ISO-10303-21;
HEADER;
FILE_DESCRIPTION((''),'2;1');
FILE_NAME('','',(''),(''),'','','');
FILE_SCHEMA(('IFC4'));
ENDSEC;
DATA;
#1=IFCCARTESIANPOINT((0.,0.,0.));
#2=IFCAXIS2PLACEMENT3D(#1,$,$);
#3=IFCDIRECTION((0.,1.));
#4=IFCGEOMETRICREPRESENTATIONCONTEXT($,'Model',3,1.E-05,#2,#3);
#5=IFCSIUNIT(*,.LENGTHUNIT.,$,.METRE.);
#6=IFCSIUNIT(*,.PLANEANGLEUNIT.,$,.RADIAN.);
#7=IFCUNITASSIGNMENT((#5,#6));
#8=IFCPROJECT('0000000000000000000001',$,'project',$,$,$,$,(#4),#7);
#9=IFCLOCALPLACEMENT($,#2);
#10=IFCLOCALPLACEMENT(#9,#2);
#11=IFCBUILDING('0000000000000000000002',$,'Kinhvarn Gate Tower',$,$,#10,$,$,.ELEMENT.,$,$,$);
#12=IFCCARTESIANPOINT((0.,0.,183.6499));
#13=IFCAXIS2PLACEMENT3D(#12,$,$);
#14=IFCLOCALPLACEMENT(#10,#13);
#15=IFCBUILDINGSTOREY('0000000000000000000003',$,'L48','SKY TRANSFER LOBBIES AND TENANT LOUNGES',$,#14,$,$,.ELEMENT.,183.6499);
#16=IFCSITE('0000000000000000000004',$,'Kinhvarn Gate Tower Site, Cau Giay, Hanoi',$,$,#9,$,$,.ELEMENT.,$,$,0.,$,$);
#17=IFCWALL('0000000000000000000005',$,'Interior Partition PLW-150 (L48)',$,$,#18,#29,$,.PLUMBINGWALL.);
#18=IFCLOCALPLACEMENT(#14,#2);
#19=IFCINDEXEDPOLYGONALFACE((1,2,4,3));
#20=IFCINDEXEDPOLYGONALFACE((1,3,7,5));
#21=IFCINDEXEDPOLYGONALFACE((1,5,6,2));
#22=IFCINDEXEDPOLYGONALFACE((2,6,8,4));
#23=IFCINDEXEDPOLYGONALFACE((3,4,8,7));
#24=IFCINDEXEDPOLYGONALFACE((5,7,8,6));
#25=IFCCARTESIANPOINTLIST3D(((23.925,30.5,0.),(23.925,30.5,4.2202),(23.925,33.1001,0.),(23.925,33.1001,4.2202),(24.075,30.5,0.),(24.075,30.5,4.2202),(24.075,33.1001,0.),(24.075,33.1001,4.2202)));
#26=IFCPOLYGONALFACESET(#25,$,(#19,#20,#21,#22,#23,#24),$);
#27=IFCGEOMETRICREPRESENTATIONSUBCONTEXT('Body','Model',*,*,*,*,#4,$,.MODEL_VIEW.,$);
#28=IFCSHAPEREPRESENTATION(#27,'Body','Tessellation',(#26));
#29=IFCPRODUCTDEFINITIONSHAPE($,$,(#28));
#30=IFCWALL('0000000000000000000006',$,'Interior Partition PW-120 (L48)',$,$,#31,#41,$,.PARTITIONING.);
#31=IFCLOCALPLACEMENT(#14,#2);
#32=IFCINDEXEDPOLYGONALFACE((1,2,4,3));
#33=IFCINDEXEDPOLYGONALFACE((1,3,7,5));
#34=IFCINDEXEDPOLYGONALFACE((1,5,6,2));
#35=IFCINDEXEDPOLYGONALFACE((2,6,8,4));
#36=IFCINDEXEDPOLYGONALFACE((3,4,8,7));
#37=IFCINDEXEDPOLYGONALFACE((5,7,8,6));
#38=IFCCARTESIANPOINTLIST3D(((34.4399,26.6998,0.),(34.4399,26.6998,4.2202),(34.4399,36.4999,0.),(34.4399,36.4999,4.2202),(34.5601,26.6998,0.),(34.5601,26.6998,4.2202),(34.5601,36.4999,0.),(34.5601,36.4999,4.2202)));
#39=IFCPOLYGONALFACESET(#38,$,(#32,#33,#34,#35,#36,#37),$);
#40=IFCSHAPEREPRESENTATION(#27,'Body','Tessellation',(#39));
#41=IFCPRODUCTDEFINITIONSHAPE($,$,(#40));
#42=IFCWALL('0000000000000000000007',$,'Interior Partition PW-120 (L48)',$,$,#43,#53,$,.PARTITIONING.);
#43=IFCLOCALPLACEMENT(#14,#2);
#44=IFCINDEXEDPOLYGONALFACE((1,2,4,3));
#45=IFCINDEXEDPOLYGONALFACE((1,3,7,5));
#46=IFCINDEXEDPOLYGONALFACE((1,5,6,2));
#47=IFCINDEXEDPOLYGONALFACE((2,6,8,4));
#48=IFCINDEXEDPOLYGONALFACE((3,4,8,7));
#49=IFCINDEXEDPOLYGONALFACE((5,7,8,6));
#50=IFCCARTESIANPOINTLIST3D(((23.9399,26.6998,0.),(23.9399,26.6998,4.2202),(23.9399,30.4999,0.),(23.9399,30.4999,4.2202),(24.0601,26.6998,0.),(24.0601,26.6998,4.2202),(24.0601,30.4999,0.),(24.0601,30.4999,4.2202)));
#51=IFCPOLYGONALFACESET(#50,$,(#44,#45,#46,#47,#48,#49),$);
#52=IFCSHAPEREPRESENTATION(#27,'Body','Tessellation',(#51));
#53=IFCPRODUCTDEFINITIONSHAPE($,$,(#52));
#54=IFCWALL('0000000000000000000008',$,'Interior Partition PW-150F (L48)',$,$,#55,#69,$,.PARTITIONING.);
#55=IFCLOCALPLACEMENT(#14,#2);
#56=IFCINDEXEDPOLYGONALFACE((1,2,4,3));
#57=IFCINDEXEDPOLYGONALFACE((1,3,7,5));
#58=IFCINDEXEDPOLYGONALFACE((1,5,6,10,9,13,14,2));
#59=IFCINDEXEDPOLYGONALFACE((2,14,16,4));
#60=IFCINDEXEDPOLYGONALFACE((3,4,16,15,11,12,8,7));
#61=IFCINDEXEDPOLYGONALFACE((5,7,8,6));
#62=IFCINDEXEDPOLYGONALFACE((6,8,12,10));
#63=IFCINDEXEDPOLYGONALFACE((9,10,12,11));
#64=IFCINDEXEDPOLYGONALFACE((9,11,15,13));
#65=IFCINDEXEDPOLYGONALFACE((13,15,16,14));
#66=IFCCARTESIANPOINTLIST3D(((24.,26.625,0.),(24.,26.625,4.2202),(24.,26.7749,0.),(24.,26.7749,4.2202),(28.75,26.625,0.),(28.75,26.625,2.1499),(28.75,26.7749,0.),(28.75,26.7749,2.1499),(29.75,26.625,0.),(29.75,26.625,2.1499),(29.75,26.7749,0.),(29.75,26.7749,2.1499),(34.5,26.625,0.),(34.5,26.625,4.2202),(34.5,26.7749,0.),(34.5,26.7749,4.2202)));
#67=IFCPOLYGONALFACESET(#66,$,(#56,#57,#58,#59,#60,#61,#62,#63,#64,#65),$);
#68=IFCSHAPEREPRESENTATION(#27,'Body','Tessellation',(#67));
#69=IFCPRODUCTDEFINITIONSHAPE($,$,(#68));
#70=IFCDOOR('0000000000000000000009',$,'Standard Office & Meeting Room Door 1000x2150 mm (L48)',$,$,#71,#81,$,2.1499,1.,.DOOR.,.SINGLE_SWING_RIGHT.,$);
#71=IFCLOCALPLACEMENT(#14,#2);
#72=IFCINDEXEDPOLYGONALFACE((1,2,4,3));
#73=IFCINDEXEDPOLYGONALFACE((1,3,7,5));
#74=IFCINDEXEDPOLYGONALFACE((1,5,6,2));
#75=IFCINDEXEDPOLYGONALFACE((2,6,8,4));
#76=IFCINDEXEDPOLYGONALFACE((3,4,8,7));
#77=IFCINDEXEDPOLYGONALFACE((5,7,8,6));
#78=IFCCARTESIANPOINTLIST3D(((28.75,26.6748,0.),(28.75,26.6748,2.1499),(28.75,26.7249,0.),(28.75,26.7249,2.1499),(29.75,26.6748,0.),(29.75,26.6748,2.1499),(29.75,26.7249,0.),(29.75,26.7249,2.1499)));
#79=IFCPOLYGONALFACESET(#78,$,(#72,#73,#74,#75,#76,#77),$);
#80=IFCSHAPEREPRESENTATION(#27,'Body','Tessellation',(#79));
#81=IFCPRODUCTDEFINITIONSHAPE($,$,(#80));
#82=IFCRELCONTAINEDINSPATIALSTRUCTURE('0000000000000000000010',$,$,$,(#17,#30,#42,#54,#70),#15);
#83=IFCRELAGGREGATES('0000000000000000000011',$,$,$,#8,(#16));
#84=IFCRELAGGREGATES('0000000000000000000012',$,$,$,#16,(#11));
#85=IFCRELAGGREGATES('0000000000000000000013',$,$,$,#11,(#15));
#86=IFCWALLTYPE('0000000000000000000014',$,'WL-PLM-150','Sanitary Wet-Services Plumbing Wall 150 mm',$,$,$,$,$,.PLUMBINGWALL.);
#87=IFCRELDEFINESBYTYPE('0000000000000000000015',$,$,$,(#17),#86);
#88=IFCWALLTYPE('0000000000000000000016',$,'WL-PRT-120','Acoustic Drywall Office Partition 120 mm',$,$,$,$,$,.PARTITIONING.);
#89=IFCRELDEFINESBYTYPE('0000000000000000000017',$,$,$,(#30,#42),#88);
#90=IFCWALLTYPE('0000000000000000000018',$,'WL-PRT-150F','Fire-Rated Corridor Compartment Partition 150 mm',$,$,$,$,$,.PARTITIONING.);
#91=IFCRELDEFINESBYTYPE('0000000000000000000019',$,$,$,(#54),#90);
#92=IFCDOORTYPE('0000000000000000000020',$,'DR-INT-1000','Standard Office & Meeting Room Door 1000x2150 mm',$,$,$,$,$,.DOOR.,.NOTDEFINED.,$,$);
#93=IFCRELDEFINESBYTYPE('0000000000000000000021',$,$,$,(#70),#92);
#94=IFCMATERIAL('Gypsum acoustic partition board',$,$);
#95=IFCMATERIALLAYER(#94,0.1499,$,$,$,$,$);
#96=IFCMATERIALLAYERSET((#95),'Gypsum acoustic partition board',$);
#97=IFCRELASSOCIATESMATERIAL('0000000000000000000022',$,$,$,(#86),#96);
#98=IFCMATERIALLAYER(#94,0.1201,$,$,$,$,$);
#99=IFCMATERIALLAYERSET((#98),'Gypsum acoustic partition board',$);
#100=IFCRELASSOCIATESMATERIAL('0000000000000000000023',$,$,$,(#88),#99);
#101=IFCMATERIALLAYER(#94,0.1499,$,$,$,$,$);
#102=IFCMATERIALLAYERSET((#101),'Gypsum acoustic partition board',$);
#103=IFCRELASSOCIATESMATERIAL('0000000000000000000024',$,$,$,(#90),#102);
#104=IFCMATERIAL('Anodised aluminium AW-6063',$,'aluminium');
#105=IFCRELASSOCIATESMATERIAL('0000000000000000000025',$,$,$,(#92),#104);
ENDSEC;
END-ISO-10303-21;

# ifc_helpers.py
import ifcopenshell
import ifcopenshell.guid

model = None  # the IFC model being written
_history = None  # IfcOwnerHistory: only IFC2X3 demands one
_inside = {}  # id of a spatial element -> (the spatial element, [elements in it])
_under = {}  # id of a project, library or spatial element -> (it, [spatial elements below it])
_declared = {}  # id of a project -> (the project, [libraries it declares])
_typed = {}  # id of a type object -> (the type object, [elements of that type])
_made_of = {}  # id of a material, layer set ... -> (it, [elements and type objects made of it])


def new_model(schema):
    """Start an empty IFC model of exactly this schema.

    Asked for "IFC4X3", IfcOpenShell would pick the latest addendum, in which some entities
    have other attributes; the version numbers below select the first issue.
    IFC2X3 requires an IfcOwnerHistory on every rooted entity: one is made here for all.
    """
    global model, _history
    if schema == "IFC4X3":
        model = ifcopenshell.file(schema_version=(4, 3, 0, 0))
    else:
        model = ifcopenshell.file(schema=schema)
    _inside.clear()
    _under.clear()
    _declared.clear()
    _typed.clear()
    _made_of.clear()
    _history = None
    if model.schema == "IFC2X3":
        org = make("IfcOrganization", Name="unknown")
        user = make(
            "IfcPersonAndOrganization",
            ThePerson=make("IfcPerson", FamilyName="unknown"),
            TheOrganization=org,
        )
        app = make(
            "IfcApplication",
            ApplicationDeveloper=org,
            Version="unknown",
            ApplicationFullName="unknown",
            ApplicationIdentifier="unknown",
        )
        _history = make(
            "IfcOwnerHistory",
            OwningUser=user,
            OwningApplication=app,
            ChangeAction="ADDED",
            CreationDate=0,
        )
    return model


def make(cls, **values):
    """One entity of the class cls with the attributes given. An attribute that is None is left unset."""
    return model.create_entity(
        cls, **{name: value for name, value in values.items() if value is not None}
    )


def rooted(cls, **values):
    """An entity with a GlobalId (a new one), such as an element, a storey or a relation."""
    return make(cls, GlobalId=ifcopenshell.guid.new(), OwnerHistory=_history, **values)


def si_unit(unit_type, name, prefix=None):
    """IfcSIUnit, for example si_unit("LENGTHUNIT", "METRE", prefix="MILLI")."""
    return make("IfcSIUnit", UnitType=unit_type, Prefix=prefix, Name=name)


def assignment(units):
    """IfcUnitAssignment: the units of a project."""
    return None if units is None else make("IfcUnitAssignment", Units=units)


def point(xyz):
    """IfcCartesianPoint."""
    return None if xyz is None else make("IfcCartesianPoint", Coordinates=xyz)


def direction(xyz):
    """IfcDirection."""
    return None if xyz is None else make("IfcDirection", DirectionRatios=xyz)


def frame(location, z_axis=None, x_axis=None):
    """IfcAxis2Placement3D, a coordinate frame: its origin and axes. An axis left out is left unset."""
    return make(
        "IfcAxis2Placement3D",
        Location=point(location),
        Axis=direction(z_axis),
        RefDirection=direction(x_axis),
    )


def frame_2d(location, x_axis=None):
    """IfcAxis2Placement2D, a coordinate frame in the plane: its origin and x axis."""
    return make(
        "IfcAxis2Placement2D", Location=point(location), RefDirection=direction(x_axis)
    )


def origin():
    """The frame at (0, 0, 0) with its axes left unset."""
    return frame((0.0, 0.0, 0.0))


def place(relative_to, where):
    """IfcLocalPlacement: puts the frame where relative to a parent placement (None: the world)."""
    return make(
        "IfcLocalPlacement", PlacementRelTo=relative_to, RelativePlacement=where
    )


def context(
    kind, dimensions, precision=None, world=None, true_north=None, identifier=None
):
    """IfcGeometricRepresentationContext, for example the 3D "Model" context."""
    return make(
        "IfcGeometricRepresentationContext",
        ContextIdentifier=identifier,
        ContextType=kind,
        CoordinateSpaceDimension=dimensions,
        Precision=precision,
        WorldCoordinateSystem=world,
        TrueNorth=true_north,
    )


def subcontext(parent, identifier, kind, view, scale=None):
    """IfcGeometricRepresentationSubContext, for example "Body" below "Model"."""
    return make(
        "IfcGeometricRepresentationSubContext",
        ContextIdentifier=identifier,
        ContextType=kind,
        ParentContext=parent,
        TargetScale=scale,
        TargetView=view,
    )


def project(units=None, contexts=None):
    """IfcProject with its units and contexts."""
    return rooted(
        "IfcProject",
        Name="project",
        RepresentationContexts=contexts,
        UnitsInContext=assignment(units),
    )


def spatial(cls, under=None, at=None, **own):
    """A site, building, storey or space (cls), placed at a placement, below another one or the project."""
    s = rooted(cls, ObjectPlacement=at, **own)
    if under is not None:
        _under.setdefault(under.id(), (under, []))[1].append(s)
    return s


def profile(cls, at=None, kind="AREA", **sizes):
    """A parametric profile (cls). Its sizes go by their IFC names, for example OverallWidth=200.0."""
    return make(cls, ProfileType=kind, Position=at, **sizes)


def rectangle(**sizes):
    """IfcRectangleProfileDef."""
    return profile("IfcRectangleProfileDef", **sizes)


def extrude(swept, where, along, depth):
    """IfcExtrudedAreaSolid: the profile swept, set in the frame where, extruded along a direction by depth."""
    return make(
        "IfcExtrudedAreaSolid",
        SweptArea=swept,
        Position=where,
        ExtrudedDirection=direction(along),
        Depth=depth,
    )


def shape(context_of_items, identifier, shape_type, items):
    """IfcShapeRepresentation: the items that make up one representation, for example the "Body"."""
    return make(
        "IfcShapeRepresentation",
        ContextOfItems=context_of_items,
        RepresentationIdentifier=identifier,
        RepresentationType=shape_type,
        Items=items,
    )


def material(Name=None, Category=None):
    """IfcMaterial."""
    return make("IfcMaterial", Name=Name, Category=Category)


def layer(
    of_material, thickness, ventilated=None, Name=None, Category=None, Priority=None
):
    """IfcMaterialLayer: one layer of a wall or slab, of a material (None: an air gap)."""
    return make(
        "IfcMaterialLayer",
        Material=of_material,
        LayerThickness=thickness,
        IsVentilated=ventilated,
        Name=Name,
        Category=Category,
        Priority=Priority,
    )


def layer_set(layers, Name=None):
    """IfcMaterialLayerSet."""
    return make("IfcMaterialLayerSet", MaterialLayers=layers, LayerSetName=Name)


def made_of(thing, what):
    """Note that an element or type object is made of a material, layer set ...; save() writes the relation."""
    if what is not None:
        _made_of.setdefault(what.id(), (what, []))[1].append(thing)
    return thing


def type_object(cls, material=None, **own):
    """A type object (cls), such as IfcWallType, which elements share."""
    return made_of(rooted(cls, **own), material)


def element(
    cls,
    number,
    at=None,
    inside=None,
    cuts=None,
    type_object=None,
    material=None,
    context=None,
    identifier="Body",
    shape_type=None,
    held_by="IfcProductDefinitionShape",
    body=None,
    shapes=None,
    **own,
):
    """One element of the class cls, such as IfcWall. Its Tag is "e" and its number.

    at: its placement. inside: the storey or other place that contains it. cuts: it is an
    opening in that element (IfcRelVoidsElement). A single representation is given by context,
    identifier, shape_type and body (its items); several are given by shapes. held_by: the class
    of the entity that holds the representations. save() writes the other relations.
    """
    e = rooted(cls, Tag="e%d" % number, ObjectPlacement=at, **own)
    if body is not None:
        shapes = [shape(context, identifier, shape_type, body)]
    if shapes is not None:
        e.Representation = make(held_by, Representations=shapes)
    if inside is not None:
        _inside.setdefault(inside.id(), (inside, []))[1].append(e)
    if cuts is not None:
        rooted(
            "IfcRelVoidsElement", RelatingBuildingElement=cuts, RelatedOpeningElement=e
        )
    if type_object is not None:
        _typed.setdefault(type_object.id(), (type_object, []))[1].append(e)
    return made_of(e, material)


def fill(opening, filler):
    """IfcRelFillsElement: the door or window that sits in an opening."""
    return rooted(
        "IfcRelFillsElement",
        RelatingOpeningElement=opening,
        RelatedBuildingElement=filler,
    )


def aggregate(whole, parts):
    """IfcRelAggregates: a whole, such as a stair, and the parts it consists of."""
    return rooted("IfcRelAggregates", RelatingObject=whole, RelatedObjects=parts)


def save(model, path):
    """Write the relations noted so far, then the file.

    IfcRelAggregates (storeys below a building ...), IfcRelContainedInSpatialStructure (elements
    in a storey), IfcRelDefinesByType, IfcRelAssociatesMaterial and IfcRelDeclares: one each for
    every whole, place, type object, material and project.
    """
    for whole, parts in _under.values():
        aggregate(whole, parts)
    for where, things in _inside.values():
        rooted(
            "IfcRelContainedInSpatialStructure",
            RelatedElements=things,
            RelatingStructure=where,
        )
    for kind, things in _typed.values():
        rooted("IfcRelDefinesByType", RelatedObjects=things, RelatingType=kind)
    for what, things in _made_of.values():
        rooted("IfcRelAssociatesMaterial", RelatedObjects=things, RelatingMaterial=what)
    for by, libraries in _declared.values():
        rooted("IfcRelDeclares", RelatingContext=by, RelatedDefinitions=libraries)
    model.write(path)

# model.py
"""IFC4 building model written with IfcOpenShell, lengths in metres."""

from ifc_helpers import new_model, si_unit, direction, frame, frame_2d, origin, place, context, subcontext, project, spatial, rectangle, extrude, material, layer, layer_set, type_object, element, fill, save


model = new_model("IFC4")

# Units and contexts
model_context = context("Model", 3, precision=1e-05, world=origin(), true_north=direction((0.0, 1.0)))
body_context = subcontext(model_context, "Body", "Model", "MODEL_VIEW")
ifc_project = project(units=[si_unit("LENGTHUNIT", "METRE"), si_unit("PLANEANGLEUNIT", "RADIAN")], contexts=[model_context])

# Site, building, storey
site_placement = place(None, origin())
site = spatial("IfcSite", under=ifc_project, at=site_placement, Name="Kinhvarn Gate Tower Site, Cau Giay, Hanoi", CompositionType="ELEMENT", RefElevation=0.0)
building_placement = place(site_placement, origin())
building = spatial("IfcBuilding", under=site, at=building_placement, Name="Kinhvarn Gate Tower", CompositionType="ELEMENT")
storey_placement = place(building_placement, frame((0.0, 0.0, 183.6499)))
storey = spatial("IfcBuildingStorey", under=building, at=storey_placement, Name="L48", Description="SKY TRANSFER LOBBIES AND TENANT LOUNGES", CompositionType="ELEMENT", Elevation=183.6499)

# Walls
ifc_material_1 = material(Name="Gypsum acoustic partition board")
ifc_layer_1 = layer(ifc_material_1, 0.1499)
ifc_layer_set_1 = layer_set([ifc_layer_1], Name="Gypsum acoustic partition board")
wall_type_1 = type_object("IfcWallType", Name="WL-PLM-150", Description="Sanitary Wet-Services Plumbing Wall 150 mm", PredefinedType="PLUMBINGWALL", material=ifc_layer_set_1)
wall_1_placement = place(storey_placement, frame((24.0, 30.5, 0.0), z_axis=(0.0, 0.0, 1.0), x_axis=(0.0, 1.0, 0.0)))
element("IfcWall", 1, at=wall_1_placement, inside=storey, type_object=wall_type_1, Name="Interior Partition PLW-150 (L48)", PredefinedType="PLUMBINGWALL", context=body_context, shape_type="SweptSolid", body=[
    extrude(rectangle(XDim=2.6001, YDim=0.1499, at=frame_2d((1.3, 0.0))), origin(), (0.0, 0.0, 1.0), 4.2202),
])
ifc_layer_2 = layer(ifc_material_1, 0.1201)
ifc_layer_set_2 = layer_set([ifc_layer_2], Name="Gypsum acoustic partition board")
wall_type_2 = type_object("IfcWallType", Name="WL-PRT-120", Description="Acoustic Drywall Office Partition 120 mm", PredefinedType="PARTITIONING", material=ifc_layer_set_2)
wall_2_placement = place(storey_placement, frame((34.5, 26.7, 0.0), z_axis=(0.0, 0.0, 1.0), x_axis=(0.0, 1.0, 0.0)))
element("IfcWall", 2, at=wall_2_placement, inside=storey, type_object=wall_type_2, Name="Interior Partition PW-120 (L48)", PredefinedType="PARTITIONING", context=body_context, shape_type="SweptSolid", body=[
    extrude(rectangle(XDim=9.8, YDim=0.1201, at=frame_2d((4.8999, 0.0))), origin(), (0.0, 0.0, 1.0), 4.2202),
])
wall_3_placement = place(storey_placement, frame((24.0, 26.7, 0.0), z_axis=(0.0, 0.0, 1.0), x_axis=(0.0, 1.0, 0.0)))
element("IfcWall", 3, at=wall_3_placement, inside=storey, type_object=wall_type_2, Name="Interior Partition PW-120 (L48)", PredefinedType="PARTITIONING", context=body_context, shape_type="SweptSolid", body=[
    extrude(rectangle(XDim=3.8, YDim=0.1201, at=frame_2d((1.8999, 0.0))), origin(), (0.0, 0.0, 1.0), 4.2202),
])

# Wall, opening, door
ifc_layer_3 = layer(ifc_material_1, 0.1499)
ifc_layer_set_3 = layer_set([ifc_layer_3], Name="Gypsum acoustic partition board")
wall_type_3 = type_object("IfcWallType", Name="WL-PRT-150F", Description="Fire-Rated Corridor Compartment Partition 150 mm", PredefinedType="PARTITIONING", material=ifc_layer_set_3)
wall_4_placement = place(storey_placement, frame((24.0, 26.7, 0.0), z_axis=(0.0, 0.0, 1.0), x_axis=(1.0, 0.0, 0.0)))
wall_4 = element("IfcWall", 4, at=wall_4_placement, inside=storey, type_object=wall_type_3, Name="Interior Partition PW-150F (L48)", PredefinedType="PARTITIONING", context=body_context, shape_type="SweptSolid", body=[
    extrude(rectangle(XDim=10.5, YDim=0.1499, at=frame_2d((5.25, 0.0))), origin(), (0.0, 0.0, 1.0), 4.2202),
])
opening_placement = place(wall_4_placement, frame((4.75, 0.0, 0.0)))
opening = element("IfcOpeningElement", 5, at=opening_placement, cuts=wall_4, PredefinedType="OPENING", context=body_context, shape_type="SweptSolid", body=[
    extrude(rectangle(XDim=1.0, YDim=2.1499, at=frame_2d((0.5, 1.075))), frame((0.0, 0.085, 0.0), z_axis=(0.0, -1.0, 0.0), x_axis=(1.0, 0.0, 0.0)), (0.0, 0.0, 1.0), 0.1699),
])
ifc_material_2 = material(Name="Anodised aluminium AW-6063", Category="aluminium")
door_type = type_object("IfcDoorType", Name="DR-INT-1000", Description="Standard Office & Meeting Room Door 1000x2150 mm", OperationType="NOTDEFINED", PredefinedType="DOOR", material=ifc_material_2)
door_placement = place(opening_placement, origin())
door = element("IfcDoor", 6, at=door_placement, inside=storey, type_object=door_type, Name="Standard Office & Meeting Room Door 1000x2150 mm (L48)", OperationType="SINGLE_SWING_RIGHT", OverallHeight=2.1499, OverallWidth=1.0, PredefinedType="DOOR", context=body_context, shape_type="SweptSolid", body=[
    extrude(rectangle(XDim=1.0, YDim=2.1499, at=frame_2d((0.5, 1.075))), frame((0.0, 0.0249, 0.0), z_axis=(0.0, -1.0, 0.0), x_axis=(1.0, 0.0, 0.0)), (0.0, 0.0, 1.0), 0.05),
])
fill(opening, door)

save(model, "model.ifc")
